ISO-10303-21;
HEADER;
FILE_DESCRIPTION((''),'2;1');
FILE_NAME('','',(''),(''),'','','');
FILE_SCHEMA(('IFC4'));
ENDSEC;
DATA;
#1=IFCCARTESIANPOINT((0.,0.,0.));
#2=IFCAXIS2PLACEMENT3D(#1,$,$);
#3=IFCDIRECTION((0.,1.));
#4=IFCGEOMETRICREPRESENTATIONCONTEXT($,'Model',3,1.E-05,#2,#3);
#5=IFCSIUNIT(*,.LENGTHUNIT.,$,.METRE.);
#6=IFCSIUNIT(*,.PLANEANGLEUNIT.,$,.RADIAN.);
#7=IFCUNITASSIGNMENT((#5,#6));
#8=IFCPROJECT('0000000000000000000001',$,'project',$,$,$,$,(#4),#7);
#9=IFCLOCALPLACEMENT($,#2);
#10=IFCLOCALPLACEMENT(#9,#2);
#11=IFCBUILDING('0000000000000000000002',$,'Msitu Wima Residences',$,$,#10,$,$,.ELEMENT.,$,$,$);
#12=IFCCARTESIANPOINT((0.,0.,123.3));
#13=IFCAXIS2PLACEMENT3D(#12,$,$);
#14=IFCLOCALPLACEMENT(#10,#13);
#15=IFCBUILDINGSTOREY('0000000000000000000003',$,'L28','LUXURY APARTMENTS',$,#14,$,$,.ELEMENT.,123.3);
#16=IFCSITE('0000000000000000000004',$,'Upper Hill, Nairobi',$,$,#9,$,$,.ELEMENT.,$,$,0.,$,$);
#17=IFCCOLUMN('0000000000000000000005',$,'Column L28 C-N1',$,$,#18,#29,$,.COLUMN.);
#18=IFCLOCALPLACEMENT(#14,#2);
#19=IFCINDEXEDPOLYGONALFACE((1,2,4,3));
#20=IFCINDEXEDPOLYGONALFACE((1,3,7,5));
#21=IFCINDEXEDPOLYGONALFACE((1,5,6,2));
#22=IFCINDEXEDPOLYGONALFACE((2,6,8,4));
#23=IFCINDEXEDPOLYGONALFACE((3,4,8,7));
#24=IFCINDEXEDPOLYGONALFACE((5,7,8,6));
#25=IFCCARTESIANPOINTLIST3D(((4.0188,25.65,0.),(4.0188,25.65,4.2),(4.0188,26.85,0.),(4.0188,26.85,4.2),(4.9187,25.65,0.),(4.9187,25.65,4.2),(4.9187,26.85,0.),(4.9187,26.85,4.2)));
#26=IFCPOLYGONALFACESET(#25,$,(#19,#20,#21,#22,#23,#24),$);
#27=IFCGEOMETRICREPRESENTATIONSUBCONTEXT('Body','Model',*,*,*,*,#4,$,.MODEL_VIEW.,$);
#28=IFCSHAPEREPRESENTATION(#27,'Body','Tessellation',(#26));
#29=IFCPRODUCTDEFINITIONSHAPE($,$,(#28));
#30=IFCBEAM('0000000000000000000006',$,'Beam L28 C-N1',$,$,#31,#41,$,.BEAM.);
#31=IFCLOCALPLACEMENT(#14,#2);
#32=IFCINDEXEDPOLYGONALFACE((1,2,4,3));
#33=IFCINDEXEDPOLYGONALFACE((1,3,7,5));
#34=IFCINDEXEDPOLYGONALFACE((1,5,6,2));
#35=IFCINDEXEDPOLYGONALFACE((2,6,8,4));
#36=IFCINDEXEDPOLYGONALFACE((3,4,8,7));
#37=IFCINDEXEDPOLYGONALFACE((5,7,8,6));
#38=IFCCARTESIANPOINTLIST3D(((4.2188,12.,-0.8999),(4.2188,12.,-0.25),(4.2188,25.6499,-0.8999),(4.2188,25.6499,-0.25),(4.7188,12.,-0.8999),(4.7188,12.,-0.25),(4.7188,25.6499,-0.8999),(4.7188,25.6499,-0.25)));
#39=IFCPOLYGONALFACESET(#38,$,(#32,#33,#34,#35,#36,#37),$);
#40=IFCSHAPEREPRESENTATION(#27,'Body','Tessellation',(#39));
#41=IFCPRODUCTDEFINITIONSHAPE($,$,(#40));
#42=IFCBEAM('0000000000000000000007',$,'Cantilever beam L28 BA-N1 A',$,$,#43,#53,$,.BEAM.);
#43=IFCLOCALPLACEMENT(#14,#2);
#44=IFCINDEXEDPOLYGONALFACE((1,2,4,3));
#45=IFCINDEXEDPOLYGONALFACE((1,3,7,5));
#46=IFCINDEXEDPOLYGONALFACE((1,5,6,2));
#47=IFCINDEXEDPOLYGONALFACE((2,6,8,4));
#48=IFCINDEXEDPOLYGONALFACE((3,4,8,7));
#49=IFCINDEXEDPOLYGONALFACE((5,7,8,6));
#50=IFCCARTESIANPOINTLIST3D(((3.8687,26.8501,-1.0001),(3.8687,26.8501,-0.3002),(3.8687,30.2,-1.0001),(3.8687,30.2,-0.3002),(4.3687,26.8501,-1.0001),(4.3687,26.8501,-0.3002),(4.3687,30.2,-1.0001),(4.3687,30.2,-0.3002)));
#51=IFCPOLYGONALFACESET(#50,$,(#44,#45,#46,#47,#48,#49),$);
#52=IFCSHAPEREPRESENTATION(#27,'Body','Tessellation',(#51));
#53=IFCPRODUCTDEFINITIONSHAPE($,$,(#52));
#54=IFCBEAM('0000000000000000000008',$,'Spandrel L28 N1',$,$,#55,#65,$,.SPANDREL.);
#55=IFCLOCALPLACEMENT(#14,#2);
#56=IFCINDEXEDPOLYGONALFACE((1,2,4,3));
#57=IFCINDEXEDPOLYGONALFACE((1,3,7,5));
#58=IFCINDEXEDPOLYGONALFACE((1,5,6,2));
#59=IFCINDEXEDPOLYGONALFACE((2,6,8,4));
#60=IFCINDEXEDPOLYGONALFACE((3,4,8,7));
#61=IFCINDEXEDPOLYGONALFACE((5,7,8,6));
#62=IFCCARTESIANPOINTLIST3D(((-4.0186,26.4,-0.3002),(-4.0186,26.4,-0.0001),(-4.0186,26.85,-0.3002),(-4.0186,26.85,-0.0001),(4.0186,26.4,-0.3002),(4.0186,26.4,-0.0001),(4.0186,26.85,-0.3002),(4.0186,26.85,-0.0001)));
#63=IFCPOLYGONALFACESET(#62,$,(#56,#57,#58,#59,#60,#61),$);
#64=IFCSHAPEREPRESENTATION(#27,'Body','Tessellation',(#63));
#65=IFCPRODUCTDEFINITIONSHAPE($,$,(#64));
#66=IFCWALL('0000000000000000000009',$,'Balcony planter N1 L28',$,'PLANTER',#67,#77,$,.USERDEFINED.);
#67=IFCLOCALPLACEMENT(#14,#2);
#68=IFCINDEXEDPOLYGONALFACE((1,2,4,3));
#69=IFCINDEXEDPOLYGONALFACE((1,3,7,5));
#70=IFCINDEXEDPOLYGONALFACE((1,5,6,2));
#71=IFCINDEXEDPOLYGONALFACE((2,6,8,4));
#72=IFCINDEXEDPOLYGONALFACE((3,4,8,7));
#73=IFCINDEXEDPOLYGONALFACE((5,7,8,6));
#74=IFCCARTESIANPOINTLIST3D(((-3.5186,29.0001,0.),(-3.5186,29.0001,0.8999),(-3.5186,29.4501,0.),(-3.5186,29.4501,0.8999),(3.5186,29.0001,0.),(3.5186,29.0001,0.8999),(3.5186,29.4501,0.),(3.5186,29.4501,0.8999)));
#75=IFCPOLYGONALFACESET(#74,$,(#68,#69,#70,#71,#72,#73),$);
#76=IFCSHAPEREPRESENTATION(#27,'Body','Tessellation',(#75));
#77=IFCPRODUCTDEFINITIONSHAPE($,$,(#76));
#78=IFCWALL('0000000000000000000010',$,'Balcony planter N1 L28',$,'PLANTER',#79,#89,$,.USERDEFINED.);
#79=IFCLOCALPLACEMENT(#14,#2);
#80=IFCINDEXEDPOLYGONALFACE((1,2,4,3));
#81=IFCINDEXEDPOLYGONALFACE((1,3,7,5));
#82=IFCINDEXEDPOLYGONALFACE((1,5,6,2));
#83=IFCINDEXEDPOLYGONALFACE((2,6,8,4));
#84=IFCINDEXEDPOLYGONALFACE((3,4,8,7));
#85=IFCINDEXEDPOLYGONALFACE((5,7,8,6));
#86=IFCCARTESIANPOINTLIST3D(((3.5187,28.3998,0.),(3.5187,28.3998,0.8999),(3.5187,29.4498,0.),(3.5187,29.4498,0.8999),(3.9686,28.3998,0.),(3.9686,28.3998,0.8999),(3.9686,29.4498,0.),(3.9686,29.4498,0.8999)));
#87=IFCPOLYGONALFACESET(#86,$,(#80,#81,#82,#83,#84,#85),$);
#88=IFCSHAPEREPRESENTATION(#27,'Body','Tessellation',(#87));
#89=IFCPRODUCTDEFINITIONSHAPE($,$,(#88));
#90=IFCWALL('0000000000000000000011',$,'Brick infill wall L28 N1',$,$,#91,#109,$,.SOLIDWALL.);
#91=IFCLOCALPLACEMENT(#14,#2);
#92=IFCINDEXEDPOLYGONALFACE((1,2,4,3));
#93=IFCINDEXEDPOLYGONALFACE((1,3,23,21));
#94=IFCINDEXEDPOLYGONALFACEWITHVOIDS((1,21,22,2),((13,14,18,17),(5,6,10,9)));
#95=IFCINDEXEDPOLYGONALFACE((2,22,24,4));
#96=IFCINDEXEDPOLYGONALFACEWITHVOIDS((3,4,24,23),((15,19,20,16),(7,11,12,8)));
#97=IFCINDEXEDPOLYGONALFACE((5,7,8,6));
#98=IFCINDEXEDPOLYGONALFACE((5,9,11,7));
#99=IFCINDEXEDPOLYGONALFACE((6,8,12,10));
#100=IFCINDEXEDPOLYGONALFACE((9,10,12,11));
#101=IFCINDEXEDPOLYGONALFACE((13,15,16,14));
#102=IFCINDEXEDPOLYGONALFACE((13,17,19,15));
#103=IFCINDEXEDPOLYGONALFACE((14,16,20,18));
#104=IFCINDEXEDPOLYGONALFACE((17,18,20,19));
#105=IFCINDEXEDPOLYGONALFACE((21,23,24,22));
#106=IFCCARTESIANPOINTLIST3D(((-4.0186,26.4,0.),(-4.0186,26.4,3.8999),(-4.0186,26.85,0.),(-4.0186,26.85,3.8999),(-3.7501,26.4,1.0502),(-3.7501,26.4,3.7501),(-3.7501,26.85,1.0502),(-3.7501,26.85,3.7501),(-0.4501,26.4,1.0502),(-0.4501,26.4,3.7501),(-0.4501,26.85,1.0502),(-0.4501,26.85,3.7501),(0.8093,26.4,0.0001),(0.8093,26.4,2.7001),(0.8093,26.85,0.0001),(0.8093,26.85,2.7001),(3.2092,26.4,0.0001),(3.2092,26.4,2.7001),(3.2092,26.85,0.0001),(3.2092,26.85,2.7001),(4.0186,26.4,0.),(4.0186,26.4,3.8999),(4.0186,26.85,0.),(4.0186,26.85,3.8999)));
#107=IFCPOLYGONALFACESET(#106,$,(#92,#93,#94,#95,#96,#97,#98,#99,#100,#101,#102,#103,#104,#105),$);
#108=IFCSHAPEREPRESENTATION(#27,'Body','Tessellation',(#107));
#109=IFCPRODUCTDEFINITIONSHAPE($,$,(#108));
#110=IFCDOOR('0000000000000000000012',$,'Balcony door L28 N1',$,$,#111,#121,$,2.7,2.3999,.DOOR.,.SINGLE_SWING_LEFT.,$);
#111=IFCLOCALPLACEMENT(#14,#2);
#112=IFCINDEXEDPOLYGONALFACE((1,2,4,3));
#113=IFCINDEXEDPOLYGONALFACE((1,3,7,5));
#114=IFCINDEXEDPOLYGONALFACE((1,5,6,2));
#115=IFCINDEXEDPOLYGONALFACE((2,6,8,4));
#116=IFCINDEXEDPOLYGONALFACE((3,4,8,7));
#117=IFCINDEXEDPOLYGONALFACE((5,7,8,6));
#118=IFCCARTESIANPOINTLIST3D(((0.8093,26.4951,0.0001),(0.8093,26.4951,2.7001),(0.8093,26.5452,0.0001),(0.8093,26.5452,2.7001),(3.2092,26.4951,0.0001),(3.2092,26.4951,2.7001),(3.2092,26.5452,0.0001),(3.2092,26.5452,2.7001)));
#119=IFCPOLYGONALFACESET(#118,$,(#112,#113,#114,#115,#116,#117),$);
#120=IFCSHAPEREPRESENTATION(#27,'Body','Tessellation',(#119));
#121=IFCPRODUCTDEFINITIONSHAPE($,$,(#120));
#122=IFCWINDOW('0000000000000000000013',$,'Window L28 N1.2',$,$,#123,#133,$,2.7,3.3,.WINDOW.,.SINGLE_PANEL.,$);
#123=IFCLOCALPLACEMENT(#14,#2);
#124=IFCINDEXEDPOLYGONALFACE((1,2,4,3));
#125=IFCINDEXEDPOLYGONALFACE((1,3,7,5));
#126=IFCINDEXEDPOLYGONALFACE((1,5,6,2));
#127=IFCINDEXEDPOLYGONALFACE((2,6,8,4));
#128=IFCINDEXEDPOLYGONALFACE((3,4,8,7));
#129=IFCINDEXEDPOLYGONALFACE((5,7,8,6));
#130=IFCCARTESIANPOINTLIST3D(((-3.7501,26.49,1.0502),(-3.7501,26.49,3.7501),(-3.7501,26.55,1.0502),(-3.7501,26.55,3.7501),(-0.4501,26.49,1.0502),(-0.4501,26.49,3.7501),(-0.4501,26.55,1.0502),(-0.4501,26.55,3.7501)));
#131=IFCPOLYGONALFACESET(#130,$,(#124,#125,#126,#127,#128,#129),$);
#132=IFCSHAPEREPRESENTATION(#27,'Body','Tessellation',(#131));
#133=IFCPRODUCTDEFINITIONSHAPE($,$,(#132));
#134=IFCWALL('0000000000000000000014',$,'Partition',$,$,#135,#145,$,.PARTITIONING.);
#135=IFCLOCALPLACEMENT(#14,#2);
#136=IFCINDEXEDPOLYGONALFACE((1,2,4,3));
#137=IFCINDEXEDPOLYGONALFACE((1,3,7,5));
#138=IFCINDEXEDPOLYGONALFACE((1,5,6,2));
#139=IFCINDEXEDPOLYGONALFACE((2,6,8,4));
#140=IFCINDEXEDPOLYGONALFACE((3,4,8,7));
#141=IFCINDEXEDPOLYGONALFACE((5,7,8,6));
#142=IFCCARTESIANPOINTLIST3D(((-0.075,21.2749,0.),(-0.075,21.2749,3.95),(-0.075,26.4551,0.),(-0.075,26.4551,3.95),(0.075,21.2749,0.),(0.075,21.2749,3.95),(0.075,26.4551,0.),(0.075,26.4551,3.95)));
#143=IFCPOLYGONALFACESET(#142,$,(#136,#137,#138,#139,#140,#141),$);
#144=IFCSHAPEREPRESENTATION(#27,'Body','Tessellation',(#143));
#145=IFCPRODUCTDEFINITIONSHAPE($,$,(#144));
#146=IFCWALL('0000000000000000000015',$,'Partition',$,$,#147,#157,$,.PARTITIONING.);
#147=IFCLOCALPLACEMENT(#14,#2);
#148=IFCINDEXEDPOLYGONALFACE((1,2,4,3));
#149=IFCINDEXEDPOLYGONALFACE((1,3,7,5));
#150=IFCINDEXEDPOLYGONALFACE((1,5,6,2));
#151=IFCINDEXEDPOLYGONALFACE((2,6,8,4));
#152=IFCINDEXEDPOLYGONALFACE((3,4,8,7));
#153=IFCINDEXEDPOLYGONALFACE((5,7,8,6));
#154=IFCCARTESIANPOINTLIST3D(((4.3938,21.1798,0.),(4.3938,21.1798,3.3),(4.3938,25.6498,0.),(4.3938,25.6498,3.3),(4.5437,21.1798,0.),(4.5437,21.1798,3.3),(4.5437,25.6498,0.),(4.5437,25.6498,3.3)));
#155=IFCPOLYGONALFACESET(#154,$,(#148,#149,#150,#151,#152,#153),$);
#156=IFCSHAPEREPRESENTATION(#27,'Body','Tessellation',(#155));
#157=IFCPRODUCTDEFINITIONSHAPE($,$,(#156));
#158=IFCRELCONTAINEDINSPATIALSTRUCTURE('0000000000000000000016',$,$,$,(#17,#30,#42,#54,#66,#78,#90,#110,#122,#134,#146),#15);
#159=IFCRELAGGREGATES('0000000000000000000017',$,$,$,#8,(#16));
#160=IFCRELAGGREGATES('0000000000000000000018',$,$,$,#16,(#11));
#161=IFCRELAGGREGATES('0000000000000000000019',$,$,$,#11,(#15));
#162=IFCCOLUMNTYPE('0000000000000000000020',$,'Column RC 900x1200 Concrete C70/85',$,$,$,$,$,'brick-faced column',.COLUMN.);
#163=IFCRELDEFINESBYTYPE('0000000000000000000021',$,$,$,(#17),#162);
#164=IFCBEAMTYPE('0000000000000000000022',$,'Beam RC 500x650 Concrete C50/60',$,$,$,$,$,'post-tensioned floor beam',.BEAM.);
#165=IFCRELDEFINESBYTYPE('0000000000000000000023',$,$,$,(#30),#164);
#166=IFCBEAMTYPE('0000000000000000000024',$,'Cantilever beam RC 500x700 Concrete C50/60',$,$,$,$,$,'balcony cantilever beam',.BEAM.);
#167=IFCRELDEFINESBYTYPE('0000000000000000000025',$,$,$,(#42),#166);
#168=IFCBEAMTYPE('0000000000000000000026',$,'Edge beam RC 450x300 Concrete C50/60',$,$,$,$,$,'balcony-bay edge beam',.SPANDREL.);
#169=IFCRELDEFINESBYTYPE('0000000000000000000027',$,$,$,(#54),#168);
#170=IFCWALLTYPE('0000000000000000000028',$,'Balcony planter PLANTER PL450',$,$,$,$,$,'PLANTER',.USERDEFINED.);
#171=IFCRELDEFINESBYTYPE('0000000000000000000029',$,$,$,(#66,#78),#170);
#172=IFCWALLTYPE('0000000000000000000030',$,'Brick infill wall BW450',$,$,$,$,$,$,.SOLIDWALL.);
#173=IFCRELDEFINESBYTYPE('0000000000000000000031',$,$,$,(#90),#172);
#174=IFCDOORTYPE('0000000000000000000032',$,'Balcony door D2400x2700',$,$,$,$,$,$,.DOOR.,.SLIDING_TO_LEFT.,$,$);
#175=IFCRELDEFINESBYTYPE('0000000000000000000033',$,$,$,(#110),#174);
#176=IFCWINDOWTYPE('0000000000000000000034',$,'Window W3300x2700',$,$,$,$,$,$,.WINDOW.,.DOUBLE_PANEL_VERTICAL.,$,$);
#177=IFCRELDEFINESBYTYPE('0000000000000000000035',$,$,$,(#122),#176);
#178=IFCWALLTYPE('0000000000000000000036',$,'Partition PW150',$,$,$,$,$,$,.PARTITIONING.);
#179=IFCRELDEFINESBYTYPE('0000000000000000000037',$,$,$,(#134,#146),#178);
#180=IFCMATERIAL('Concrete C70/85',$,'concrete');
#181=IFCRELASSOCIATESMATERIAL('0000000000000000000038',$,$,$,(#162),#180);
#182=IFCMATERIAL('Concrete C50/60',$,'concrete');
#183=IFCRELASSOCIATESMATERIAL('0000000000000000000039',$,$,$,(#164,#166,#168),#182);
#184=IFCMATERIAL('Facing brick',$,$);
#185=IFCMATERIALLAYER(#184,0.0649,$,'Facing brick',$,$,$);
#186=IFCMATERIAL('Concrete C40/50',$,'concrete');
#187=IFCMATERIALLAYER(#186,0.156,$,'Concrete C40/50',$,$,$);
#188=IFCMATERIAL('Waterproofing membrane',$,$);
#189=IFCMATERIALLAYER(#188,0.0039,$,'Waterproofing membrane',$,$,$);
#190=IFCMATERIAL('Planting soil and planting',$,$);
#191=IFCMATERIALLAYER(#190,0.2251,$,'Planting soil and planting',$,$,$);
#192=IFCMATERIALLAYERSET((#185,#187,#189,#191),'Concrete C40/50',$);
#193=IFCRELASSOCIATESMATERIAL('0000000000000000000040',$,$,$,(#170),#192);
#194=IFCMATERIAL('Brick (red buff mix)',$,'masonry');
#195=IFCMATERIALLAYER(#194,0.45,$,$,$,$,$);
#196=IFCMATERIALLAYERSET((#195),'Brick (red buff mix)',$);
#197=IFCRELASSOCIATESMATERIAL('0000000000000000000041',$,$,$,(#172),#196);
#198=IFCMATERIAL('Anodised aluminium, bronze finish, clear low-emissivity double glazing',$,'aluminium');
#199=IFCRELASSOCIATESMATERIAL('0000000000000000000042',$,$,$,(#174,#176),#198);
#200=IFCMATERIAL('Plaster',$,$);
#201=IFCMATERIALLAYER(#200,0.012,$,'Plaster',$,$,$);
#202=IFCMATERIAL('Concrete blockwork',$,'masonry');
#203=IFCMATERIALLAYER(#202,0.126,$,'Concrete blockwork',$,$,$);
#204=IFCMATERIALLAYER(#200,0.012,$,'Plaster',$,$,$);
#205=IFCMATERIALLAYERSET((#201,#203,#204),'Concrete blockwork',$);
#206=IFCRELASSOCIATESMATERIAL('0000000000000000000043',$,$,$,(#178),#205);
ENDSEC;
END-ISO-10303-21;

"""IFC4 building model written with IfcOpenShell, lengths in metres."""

from ifc_helpers import new_model, si_unit, direction, frame, frame_2d, origin, origin_2d, place, context, subcontext, project, spatial, rectangle, extrude, material, layer, layer_set, material_profile, profile_set, type_object, element, fill, save


model = new_model("IFC4")

# Units and contexts
model_context = context("Model", 3, precision=1e-05, world=origin(), true_north=direction((0.0, 1.0)))
body_context = subcontext(model_context, "Body", "Model", "MODEL_VIEW")
ifc_project = project(units=[si_unit("LENGTHUNIT", "METRE"), si_unit("PLANEANGLEUNIT", "RADIAN")], contexts=[model_context])

# Site, building, storey
site_placement = place(None, origin())
site = spatial("IfcSite", under=ifc_project, at=site_placement, Name="Upper Hill, Nairobi", CompositionType="ELEMENT", RefElevation=0.0)
building_placement = place(site_placement, origin())
building = spatial("IfcBuilding", under=site, at=building_placement, Name="Msitu Wima Residences", CompositionType="ELEMENT")
storey_placement = place(building_placement, frame((0.0, 0.0, 123.3)))
storey = spatial("IfcBuildingStorey", under=building, at=storey_placement, Name="L28", Description="LUXURY APARTMENTS", CompositionType="ELEMENT", Elevation=123.3)

# Column
ifc_material_1 = material(Name="Concrete C70/85", Category="concrete")
ifc_material_profile_1 = material_profile(ifc_material_1, rectangle(XDim=0.8999, YDim=1.2, at=origin_2d()), Name="RC 900x1200")
ifc_profile_set_1 = profile_set([ifc_material_profile_1], Name="Concrete C70/85")
column_type = type_object("IfcColumnType", Name="Column RC 900x1200 Concrete C70/85", ElementType="brick-faced column", PredefinedType="COLUMN", material=ifc_profile_set_1)
column_placement = place(storey_placement, frame((4.4688, 26.25, 0.0), z_axis=(0.0, 0.0, 1.0), x_axis=(-1.0, 0.0, 0.0)))
element("IfcColumn", 1, at=column_placement, inside=storey, type_object=column_type, Name="Column L28 C-N1", PredefinedType="COLUMN", context=body_context, shape_type="SweptSolid", body=[
    extrude(rectangle(XDim=0.8999, YDim=1.2, at=origin_2d()), origin(), (0.0, 0.0, 1.0), 4.2),
])

# Beams
ifc_material_2 = material(Name="Concrete C50/60", Category="concrete")
ifc_material_profile_2 = material_profile(ifc_material_2, rectangle(XDim=0.5, YDim=0.6499, at=origin_2d()), Name="RC 500x650")
ifc_profile_set_2 = profile_set([ifc_material_profile_2], Name="Concrete C50/60")
beam_type_1 = type_object("IfcBeamType", Name="Beam RC 500x650 Concrete C50/60", ElementType="post-tensioned floor beam", PredefinedType="BEAM", material=ifc_profile_set_2)
beam_1_placement = place(storey_placement, frame((4.4688, 25.6499, -0.575), z_axis=(0.0, -1.0, 0.0), x_axis=(1.0, 0.0, 0.0)))
element("IfcBeam", 2, at=beam_1_placement, inside=storey, type_object=beam_type_1, Name="Beam L28 C-N1", PredefinedType="BEAM", context=body_context, shape_type="SweptSolid", body=[
    extrude(rectangle(XDim=0.5, YDim=0.6499, at=origin_2d()), origin(), (0.0, 0.0, 1.0), 13.6499),
])
ifc_material_profile_3 = material_profile(ifc_material_2, rectangle(XDim=0.5, YDim=0.7, at=origin_2d()), Name="RC 500x700")
ifc_profile_set_3 = profile_set([ifc_material_profile_3], Name="Concrete C50/60")
beam_type_2 = type_object("IfcBeamType", Name="Cantilever beam RC 500x700 Concrete C50/60", ElementType="balcony cantilever beam", PredefinedType="BEAM", material=ifc_profile_set_3)
beam_2_placement = place(storey_placement, frame((4.1187, 26.8501, -0.6501), z_axis=(0.0, 1.0, 0.0), x_axis=(-1.0, 0.0, 0.0)))
element("IfcBeam", 3, at=beam_2_placement, inside=storey, type_object=beam_type_2, Name="Cantilever beam L28 BA-N1 A", PredefinedType="BEAM", context=body_context, shape_type="SweptSolid", body=[
    extrude(rectangle(XDim=0.5, YDim=0.7, at=origin_2d()), origin(), (0.0, 0.0, 1.0), 3.3499),
])
ifc_material_profile_4 = material_profile(ifc_material_2, rectangle(XDim=0.45, YDim=0.3, at=origin_2d()), Name="RC 450x300")
ifc_profile_set_4 = profile_set([ifc_material_profile_4], Name="Concrete C50/60")
beam_type_3 = type_object("IfcBeamType", Name="Edge beam RC 450x300 Concrete C50/60", ElementType="balcony-bay edge beam", PredefinedType="SPANDREL", material=ifc_profile_set_4)
beam_3_placement = place(storey_placement, frame((4.0186, 26.625, -0.1501), z_axis=(-1.0, 0.0, 0.0), x_axis=(0.0, -1.0, 0.0)))
element("IfcBeam", 4, at=beam_3_placement, inside=storey, type_object=beam_type_3, Name="Spandrel L28 N1", PredefinedType="SPANDREL", context=body_context, shape_type="SweptSolid", body=[
    extrude(rectangle(XDim=0.45, YDim=0.3, at=origin_2d()), origin(), (0.0, 0.0, 1.0), 8.0371),
])

# Walls
ifc_material_3 = material(Name="Facing brick")
ifc_layer_1 = layer(ifc_material_3, 0.0649, Name="Facing brick")
ifc_material_4 = material(Name="Concrete C40/50", Category="concrete")
ifc_layer_2 = layer(ifc_material_4, 0.156, Name="Concrete C40/50")
ifc_material_5 = material(Name="Waterproofing membrane")
ifc_layer_3 = layer(ifc_material_5, 0.0039, Name="Waterproofing membrane")
ifc_material_6 = material(Name="Planting soil and planting")
ifc_layer_4 = layer(ifc_material_6, 0.2251, Name="Planting soil and planting")
ifc_layer_set_1 = layer_set([ifc_layer_1, ifc_layer_2, ifc_layer_3, ifc_layer_4], Name="Concrete C40/50")
wall_type_1 = type_object("IfcWallType", Name="Balcony planter PLANTER PL450", ElementType="PLANTER", PredefinedType="USERDEFINED", material=ifc_layer_set_1)
wall_1_placement = place(storey_placement, frame((3.5186, 29.2251, 0.0), z_axis=(0.0, 0.0, 1.0), x_axis=(-1.0, 0.0, 0.0)))
element("IfcWall", 5, at=wall_1_placement, inside=storey, type_object=wall_type_1, Name="Balcony planter N1 L28", ObjectType="PLANTER", PredefinedType="USERDEFINED", context=body_context, shape_type="SweptSolid", body=[
    extrude(rectangle(XDim=7.0371, YDim=0.45, at=frame_2d((3.5186, 0.0))), origin(), (0.0, 0.0, 1.0), 0.8999),
])
wall_2_placement = place(storey_placement, frame((3.7437, 28.3999, 0.0), z_axis=(0.0, 0.0, 1.0), x_axis=(0.0, 1.0, 0.0)))
element("IfcWall", 6, at=wall_2_placement, inside=storey, type_object=wall_type_1, Name="Balcony planter N1 L28", ObjectType="PLANTER", PredefinedType="USERDEFINED", context=body_context, shape_type="SweptSolid", body=[
    extrude(rectangle(XDim=1.05, YDim=0.45, at=frame_2d((0.5249, 0.0))), origin(), (0.0, 0.0, 1.0), 0.8999),
])

# Wall, openings, door, window
ifc_material_7 = material(Name="Brick (red buff mix)", Category="masonry")
ifc_layer_5 = layer(ifc_material_7, 0.45)
ifc_layer_set_2 = layer_set([ifc_layer_5], Name="Brick (red buff mix)")
wall_type_2 = type_object("IfcWallType", Name="Brick infill wall BW450", PredefinedType="SOLIDWALL", material=ifc_layer_set_2)
wall_3_placement = place(storey_placement, frame((4.0186, 26.625, 0.0), z_axis=(0.0, 0.0, 1.0), x_axis=(-1.0, 0.0, 0.0)))
wall_3 = element("IfcWall", 7, at=wall_3_placement, inside=storey, type_object=wall_type_2, Name="Brick infill wall L28 N1", PredefinedType="SOLIDWALL", context=body_context, shape_type="SweptSolid", body=[
    extrude(rectangle(XDim=8.0371, YDim=0.45, at=frame_2d((4.0186, 0.0))), origin(), (0.0, 0.0, 1.0), 3.8999),
])
opening_1_placement = place(wall_3_placement, frame((0.8093, 0.0, 0.0)))
opening_1 = element("IfcOpeningElement", 8, at=opening_1_placement, cuts=wall_3, PredefinedType="OPENING", context=body_context, shape_type="SweptSolid", body=[
    extrude(rectangle(XDim=2.3999, YDim=2.7, at=frame_2d((1.2, 1.3501))), frame((0.0, 0.2349, 0.0), z_axis=(0.0, -1.0, 0.0), x_axis=(1.0, 0.0, 0.0)), (0.0, 0.0, 1.0), 0.47),
])
opening_2_placement = place(wall_3_placement, frame((4.4688, 0.0, 1.05)))
opening_2 = element("IfcOpeningElement", 9, at=opening_2_placement, cuts=wall_3, PredefinedType="OPENING", context=body_context, shape_type="SweptSolid", body=[
    extrude(rectangle(XDim=3.3, YDim=2.7, at=frame_2d((1.6499, 1.3501))), frame((0.0, 0.2349, 0.0), z_axis=(0.0, -1.0, 0.0), x_axis=(1.0, 0.0, 0.0)), (0.0, 0.0, 1.0), 0.47),
])
ifc_material_8 = material(Name="Anodised aluminium, bronze finish, clear low-emissivity double glazing", Category="aluminium")
door_type_1 = type_object("IfcDoorType", Name="Balcony door D2400x2700", OperationType="SLIDING_TO_LEFT", PredefinedType="DOOR", material=ifc_material_8)
door_1_placement = place(opening_1_placement, origin())
door_1 = element("IfcDoor", 10, at=door_1_placement, inside=storey, type_object=door_type_1, Name="Balcony door L28 N1", OperationType="SINGLE_SWING_LEFT", OverallHeight=2.7, OverallWidth=2.3999, PredefinedType="DOOR", context=body_context, shape_type="SweptSolid", body=[
    extrude(rectangle(XDim=2.3999, YDim=2.7, at=frame_2d((1.2, 1.3501))), frame((0.0, 0.1299, 0.0), z_axis=(0.0, -1.0, 0.0), x_axis=(1.0, 0.0, 0.0)), (0.0, 0.0, 1.0), 0.05),
])
fill(opening_1, door_1)
window_type = type_object("IfcWindowType", Name="Window W3300x2700", PartitioningType="DOUBLE_PANEL_VERTICAL", PredefinedType="WINDOW", material=ifc_material_8)
window_placement = place(opening_2_placement, origin())
window = element("IfcWindow", 11, at=window_placement, inside=storey, type_object=window_type, Name="Window L28 N1.2", OverallHeight=2.7, OverallWidth=3.3, PartitioningType="SINGLE_PANEL", PredefinedType="WINDOW", context=body_context, shape_type="SweptSolid", body=[
    extrude(rectangle(XDim=3.3, YDim=2.7, at=frame_2d((1.6499, 1.3501))), frame((0.0, 0.135, 0.0), z_axis=(0.0, -1.0, 0.0), x_axis=(1.0, 0.0, 0.0)), (0.0, 0.0, 1.0), 0.0601),
])
fill(opening_2, window)

# Walls
ifc_material_9 = material(Name="Plaster")
ifc_layer_6 = layer(ifc_material_9, 0.012, Name="Plaster")
ifc_material_10 = material(Name="Concrete blockwork", Category="masonry")
ifc_layer_7 = layer(ifc_material_10, 0.126, Name="Concrete blockwork")
ifc_layer_8 = layer(ifc_material_9, 0.012, Name="Plaster")
ifc_layer_set_3 = layer_set([ifc_layer_6, ifc_layer_7, ifc_layer_8], Name="Concrete blockwork")
wall_type_3 = type_object("IfcWallType", Name="Partition PW150", PredefinedType="PARTITIONING", material=ifc_layer_set_3)
wall_4_placement = place(storey_placement, frame((0.0, 21.2749, 0.0), z_axis=(0.0, 0.0, 1.0), x_axis=(0.0, 1.0, 0.0)))
element("IfcWall", 12, at=wall_4_placement, inside=storey, type_object=wall_type_3, Name="Partition", PredefinedType="PARTITIONING", context=body_context, shape_type="SweptSolid", body=[
    extrude(rectangle(XDim=5.1802, YDim=0.1499, at=frame_2d((2.5901, 0.0))), origin(), (0.0, 0.0, 1.0), 3.95),
])
wall_5_placement = place(storey_placement, frame((4.4688, 21.1799, 0.0), z_axis=(0.0, 0.0, 1.0), x_axis=(0.0, 1.0, 0.0)))
element("IfcWall", 13, at=wall_5_placement, inside=storey, type_object=wall_type_3, Name="Partition", PredefinedType="PARTITIONING", context=body_context, shape_type="SweptSolid", body=[
    extrude(rectangle(XDim=4.47, YDim=0.1499, at=frame_2d((2.2349, 0.0))), origin(), (0.0, 0.0, 1.0), 3.3),
])

save(model, "model.ifc")
